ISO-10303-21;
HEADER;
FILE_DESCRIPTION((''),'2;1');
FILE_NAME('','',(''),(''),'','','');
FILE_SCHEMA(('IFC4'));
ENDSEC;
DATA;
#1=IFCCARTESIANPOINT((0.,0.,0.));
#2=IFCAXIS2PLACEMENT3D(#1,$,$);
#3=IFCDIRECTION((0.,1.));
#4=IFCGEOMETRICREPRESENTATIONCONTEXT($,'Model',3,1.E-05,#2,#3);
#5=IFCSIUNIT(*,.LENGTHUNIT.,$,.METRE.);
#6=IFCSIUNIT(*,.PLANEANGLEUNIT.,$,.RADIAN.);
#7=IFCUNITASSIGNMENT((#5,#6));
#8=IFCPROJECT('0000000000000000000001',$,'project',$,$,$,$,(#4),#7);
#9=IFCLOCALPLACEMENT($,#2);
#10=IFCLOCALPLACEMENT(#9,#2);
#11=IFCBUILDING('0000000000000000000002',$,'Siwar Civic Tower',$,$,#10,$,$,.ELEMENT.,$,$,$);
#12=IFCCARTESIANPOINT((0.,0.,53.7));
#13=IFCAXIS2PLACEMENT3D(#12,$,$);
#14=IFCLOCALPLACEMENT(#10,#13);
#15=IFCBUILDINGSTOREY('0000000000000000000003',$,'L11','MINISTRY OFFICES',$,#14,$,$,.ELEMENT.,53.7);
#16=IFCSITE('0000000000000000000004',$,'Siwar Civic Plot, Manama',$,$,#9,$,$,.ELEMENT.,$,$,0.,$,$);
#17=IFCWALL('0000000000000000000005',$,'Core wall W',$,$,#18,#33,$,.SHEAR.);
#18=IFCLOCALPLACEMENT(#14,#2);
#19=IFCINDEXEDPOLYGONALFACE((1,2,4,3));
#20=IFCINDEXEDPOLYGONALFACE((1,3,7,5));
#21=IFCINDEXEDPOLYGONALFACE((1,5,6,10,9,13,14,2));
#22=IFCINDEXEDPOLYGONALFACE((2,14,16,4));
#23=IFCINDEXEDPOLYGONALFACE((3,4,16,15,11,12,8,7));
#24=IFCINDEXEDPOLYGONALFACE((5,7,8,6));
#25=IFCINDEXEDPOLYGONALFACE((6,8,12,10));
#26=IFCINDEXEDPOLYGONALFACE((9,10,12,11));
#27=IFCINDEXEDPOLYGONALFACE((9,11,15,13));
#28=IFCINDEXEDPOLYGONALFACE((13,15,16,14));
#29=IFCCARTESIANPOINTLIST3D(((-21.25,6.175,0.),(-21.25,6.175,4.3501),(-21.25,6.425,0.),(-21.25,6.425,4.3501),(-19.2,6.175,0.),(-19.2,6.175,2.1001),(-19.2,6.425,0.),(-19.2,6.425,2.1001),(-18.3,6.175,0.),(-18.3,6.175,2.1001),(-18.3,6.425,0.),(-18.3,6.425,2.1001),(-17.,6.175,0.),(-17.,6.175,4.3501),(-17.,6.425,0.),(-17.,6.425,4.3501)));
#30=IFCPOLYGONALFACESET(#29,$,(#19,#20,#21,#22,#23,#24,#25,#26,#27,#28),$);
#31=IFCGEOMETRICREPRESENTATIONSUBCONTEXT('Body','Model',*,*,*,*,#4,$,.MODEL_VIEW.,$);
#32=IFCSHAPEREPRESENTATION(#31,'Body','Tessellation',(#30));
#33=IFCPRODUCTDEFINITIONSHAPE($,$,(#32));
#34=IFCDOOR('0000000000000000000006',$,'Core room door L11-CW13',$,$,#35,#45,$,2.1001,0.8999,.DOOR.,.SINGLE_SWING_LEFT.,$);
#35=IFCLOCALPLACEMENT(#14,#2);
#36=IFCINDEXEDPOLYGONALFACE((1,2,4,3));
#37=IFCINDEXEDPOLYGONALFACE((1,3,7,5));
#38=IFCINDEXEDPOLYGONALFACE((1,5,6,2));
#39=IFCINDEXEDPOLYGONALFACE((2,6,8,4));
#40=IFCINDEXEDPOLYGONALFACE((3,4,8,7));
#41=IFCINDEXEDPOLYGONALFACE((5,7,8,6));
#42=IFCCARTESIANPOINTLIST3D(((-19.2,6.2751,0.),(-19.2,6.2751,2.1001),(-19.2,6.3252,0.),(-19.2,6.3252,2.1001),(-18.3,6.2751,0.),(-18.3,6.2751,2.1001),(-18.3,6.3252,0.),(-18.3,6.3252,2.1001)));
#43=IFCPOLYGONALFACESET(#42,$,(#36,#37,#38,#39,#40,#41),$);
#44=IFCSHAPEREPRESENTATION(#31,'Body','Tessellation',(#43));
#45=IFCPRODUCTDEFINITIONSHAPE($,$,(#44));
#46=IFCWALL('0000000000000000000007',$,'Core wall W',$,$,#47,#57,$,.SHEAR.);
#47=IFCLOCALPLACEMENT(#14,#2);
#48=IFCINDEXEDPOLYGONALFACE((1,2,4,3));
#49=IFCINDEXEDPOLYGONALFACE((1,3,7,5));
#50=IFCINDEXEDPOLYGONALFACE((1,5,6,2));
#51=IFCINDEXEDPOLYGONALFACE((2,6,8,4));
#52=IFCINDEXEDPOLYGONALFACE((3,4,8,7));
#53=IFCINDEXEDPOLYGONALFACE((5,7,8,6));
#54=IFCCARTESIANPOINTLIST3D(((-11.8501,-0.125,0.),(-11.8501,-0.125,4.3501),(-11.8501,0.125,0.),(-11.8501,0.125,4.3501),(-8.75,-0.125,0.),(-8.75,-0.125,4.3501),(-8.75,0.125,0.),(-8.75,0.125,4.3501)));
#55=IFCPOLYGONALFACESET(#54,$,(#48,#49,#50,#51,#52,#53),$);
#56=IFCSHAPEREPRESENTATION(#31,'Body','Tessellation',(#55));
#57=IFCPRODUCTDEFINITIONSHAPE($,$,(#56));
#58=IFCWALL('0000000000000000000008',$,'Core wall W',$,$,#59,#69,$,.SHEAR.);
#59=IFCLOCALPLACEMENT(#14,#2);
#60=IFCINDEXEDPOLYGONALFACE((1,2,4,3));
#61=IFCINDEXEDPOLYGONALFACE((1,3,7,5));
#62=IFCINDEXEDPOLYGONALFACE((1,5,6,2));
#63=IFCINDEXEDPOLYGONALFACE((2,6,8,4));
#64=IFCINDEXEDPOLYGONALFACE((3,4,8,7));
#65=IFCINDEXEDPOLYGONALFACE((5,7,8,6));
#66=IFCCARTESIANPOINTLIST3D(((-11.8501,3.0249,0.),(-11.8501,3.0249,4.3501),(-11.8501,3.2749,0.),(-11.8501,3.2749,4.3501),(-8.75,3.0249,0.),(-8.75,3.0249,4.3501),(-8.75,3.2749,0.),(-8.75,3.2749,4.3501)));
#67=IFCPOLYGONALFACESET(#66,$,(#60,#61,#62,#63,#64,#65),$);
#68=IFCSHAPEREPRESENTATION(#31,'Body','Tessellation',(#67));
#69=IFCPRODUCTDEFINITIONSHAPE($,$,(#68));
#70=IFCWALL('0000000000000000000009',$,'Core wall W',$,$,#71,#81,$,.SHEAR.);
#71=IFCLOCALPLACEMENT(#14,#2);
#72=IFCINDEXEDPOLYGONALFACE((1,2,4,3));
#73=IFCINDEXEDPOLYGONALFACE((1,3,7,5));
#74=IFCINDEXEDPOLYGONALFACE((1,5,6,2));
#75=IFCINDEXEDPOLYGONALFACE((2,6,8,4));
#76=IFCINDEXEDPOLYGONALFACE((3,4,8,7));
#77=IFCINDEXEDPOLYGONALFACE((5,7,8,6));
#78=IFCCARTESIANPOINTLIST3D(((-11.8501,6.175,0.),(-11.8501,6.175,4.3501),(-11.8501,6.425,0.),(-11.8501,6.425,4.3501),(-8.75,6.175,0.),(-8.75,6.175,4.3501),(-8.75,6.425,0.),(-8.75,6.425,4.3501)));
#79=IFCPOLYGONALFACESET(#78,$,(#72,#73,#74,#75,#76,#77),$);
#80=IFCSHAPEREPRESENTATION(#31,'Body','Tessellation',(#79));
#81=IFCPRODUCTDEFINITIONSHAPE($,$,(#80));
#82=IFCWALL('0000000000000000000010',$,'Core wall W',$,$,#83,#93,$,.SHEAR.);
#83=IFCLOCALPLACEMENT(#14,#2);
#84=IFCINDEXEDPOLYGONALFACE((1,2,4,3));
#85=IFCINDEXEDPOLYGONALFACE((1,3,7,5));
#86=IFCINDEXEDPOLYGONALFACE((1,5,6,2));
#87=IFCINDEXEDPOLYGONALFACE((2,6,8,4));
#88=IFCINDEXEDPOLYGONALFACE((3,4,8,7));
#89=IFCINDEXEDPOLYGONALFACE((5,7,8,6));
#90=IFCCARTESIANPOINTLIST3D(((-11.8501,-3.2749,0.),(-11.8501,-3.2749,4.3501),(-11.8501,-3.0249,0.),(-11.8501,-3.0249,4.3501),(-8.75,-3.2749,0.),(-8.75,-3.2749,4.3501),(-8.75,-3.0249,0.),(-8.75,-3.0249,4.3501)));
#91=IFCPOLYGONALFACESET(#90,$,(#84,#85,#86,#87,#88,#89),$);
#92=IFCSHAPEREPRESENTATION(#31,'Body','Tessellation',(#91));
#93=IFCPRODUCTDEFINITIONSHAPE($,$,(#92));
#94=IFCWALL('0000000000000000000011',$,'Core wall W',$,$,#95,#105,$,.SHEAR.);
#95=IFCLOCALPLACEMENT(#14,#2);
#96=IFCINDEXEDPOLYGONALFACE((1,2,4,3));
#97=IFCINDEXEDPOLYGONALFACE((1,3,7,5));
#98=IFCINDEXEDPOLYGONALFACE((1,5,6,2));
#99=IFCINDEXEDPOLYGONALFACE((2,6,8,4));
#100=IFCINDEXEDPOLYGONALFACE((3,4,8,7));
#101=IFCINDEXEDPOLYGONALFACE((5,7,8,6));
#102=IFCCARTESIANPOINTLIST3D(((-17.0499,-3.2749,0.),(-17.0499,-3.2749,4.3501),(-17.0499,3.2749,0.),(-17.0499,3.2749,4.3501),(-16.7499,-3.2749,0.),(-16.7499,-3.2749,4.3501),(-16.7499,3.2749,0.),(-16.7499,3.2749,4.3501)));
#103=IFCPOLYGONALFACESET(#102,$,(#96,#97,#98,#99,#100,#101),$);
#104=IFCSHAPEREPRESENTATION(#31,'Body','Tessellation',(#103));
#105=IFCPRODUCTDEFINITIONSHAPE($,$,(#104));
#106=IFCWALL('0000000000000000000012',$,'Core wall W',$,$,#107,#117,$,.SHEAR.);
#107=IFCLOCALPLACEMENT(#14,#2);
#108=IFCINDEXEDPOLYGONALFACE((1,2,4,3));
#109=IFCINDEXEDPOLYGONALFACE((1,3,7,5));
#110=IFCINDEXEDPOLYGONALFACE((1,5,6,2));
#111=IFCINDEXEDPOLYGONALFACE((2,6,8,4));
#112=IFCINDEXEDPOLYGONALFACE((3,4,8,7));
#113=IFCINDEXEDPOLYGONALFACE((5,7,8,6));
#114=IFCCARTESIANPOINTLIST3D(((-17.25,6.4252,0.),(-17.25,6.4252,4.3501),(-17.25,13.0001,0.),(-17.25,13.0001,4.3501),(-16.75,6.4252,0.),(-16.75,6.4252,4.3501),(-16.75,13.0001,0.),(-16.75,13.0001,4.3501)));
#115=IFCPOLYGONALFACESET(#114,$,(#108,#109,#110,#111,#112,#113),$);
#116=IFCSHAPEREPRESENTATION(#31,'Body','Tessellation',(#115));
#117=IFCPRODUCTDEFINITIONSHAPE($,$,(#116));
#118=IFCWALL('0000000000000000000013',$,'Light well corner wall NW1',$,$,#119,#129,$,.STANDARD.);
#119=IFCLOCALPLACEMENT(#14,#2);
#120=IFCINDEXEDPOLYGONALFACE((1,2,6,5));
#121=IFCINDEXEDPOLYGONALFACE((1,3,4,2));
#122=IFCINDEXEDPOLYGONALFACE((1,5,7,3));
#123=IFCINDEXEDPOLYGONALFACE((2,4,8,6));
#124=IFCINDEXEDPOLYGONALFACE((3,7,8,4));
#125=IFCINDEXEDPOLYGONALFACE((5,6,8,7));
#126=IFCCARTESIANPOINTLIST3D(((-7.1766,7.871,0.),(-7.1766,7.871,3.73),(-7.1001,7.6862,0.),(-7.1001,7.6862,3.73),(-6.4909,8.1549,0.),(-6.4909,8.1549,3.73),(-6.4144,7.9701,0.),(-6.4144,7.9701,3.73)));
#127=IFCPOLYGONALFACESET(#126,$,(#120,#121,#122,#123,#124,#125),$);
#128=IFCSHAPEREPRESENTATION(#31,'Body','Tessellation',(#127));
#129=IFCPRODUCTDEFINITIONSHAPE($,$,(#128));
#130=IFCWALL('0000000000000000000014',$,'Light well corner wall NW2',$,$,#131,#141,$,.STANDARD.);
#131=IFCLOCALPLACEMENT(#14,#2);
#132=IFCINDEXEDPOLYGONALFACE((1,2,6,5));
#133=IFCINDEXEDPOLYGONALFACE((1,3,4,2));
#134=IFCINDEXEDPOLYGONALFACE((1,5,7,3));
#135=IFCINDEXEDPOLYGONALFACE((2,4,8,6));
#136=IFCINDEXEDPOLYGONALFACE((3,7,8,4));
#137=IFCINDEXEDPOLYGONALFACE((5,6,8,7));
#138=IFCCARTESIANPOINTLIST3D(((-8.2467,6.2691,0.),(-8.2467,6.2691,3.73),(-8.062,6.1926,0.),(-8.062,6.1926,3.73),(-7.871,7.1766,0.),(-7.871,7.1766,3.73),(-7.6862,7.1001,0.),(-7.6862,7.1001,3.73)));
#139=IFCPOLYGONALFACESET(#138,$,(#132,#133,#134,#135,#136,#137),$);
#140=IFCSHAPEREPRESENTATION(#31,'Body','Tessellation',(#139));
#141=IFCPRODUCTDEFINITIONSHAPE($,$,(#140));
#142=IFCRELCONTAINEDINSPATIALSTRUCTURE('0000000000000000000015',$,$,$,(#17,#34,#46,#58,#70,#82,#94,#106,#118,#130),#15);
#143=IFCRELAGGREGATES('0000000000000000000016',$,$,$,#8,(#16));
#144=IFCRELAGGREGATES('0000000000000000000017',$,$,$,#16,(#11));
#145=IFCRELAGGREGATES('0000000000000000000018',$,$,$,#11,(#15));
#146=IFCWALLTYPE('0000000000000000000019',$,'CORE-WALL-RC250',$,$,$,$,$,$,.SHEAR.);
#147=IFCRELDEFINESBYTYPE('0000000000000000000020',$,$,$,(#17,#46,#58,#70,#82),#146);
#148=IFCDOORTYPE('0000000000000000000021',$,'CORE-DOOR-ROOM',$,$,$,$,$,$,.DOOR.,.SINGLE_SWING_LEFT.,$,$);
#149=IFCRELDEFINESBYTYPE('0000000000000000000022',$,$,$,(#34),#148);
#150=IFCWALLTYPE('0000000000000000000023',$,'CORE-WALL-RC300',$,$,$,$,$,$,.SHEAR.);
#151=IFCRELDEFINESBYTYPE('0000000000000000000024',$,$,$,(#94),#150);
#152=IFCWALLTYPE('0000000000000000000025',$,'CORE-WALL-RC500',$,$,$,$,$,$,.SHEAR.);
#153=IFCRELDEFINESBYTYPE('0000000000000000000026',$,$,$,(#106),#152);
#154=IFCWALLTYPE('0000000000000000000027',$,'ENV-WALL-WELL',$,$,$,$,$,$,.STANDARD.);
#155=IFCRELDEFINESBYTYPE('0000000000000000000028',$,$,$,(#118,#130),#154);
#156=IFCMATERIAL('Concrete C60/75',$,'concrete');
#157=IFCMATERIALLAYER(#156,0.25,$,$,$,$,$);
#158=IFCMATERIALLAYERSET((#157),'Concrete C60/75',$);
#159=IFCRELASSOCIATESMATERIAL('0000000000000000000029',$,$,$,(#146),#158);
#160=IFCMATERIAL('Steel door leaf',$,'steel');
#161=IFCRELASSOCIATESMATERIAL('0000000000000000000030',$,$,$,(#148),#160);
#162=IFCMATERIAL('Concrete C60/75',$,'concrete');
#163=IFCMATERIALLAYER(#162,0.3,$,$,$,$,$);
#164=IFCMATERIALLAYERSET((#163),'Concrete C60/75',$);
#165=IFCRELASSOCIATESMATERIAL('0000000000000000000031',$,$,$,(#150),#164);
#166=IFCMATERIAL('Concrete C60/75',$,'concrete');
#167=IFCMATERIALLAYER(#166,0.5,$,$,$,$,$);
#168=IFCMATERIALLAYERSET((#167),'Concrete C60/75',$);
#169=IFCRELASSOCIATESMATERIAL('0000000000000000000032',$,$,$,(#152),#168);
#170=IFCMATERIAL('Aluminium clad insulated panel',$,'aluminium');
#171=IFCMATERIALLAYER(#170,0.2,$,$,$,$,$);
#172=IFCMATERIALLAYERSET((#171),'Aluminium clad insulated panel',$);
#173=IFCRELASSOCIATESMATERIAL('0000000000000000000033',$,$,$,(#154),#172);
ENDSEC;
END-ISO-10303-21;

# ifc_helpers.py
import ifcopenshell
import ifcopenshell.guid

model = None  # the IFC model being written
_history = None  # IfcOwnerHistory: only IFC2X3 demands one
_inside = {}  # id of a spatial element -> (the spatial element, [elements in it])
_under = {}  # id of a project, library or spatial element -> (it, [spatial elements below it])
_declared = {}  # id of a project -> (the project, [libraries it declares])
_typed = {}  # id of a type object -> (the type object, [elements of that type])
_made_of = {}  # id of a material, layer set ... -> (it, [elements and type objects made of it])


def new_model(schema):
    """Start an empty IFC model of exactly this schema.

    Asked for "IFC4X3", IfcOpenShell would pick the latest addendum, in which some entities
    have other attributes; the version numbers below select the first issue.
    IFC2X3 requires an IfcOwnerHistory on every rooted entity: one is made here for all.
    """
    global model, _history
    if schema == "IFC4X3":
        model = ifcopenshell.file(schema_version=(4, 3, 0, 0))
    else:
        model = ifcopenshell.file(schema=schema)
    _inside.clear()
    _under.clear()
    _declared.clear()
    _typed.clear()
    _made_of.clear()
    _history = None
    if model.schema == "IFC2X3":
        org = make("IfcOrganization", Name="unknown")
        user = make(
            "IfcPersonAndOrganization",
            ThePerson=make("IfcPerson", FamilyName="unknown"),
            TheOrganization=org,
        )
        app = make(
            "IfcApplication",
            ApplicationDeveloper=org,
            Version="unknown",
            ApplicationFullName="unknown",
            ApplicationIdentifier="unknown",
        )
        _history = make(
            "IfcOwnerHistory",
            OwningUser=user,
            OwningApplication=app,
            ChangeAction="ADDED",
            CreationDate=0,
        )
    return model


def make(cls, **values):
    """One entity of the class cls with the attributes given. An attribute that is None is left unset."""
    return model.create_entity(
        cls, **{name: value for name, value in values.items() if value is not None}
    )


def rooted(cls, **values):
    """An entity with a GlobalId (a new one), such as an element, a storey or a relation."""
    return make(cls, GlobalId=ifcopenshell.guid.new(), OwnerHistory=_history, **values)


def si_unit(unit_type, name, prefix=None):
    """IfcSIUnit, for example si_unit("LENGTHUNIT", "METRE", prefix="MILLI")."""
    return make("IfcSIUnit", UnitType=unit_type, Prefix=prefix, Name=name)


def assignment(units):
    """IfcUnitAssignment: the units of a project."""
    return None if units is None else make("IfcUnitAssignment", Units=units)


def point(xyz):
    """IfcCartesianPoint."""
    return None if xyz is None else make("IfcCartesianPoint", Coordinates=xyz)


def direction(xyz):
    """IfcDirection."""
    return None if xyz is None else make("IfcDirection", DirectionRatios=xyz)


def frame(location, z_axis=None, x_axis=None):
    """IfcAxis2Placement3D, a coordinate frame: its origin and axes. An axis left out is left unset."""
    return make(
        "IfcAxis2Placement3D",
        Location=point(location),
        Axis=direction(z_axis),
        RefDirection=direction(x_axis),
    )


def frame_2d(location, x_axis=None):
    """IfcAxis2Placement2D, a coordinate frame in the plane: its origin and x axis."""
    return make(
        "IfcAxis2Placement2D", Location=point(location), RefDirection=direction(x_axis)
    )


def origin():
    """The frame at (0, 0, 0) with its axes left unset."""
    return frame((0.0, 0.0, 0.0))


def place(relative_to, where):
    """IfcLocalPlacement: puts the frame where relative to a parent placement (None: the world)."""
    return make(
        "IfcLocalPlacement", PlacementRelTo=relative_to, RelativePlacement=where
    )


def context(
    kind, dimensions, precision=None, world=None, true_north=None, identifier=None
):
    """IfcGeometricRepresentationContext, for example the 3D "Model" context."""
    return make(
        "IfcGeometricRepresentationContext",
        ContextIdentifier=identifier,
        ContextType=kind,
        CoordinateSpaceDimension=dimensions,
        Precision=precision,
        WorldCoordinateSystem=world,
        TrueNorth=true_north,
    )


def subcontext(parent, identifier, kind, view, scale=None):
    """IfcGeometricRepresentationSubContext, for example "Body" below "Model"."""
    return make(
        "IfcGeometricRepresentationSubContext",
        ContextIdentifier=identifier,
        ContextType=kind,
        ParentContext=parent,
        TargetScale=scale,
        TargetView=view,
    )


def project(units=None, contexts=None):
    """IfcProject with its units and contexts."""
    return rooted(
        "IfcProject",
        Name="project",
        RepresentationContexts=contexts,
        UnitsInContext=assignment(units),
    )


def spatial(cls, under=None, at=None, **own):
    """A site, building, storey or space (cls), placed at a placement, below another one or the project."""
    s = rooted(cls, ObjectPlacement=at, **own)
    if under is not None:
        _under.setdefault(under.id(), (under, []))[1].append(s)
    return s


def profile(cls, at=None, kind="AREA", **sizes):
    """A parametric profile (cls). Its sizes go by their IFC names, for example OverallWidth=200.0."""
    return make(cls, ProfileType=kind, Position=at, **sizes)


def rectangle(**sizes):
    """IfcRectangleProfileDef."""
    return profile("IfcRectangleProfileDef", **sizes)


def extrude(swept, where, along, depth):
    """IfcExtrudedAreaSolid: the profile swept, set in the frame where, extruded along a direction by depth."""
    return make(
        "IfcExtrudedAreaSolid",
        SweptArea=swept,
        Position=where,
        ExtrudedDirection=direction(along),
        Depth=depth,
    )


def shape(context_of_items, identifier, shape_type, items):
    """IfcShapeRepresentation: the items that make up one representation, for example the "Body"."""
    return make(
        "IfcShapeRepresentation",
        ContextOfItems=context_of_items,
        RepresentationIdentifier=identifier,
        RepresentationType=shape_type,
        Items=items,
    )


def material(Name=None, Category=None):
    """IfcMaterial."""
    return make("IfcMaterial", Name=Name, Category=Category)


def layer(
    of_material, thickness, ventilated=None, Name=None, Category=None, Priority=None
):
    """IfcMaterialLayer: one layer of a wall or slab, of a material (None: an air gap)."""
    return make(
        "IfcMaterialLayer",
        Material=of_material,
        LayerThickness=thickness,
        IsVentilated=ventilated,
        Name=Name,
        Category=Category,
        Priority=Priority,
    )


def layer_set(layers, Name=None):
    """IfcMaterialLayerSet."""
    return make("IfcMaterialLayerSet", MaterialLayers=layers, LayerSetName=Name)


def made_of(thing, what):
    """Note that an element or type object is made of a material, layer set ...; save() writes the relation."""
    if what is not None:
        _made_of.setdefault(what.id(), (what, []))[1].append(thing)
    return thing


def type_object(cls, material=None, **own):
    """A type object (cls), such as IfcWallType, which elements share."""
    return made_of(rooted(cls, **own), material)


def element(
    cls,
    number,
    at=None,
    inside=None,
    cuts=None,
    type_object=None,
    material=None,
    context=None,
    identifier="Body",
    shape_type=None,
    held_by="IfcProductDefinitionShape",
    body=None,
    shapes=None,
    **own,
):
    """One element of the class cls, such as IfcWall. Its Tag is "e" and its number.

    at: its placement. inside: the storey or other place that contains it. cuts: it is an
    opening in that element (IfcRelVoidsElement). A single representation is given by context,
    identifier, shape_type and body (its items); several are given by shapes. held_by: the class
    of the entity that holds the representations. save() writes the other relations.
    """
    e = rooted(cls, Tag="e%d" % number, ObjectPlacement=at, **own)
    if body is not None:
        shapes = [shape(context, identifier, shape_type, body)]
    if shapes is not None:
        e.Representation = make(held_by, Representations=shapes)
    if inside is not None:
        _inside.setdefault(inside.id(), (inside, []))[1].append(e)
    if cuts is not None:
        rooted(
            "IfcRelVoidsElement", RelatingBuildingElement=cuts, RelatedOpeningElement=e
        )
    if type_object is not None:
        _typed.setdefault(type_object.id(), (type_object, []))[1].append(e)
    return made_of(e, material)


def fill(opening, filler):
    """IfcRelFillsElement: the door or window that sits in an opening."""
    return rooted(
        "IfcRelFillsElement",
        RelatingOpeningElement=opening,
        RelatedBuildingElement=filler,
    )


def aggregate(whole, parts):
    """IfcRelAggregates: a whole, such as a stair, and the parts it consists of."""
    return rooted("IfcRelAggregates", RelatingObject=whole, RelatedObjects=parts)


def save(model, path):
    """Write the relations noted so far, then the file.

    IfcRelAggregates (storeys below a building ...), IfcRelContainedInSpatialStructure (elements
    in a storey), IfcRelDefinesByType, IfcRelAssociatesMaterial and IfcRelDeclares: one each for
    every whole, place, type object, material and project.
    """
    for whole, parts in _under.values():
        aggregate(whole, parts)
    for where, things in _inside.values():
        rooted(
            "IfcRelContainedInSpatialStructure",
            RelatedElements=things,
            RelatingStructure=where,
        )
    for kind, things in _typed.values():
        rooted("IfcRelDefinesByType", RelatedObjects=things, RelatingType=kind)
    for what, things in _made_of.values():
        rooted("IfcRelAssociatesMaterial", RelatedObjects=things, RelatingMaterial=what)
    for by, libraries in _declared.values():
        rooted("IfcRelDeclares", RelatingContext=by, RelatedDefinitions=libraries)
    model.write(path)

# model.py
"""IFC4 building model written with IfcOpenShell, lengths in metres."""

from ifc_helpers import new_model, si_unit, direction, frame, frame_2d, origin, place, context, subcontext, project, spatial, rectangle, extrude, material, layer, layer_set, type_object, element, fill, save


model = new_model("IFC4")

# Units and contexts
model_context = context("Model", 3, precision=1e-05, world=origin(), true_north=direction((0.0, 1.0)))
body_context = subcontext(model_context, "Body", "Model", "MODEL_VIEW")
ifc_project = project(units=[si_unit("LENGTHUNIT", "METRE"), si_unit("PLANEANGLEUNIT", "RADIAN")], contexts=[model_context])

# Site, building, storey
site_placement = place(None, origin())
site = spatial("IfcSite", under=ifc_project, at=site_placement, Name="Siwar Civic Plot, Manama", CompositionType="ELEMENT", RefElevation=0.0)
building_placement = place(site_placement, origin())
building = spatial("IfcBuilding", under=site, at=building_placement, Name="Siwar Civic Tower", CompositionType="ELEMENT")
storey_placement = place(building_placement, frame((0.0, 0.0, 53.7)))
storey = spatial("IfcBuildingStorey", under=building, at=storey_placement, Name="L11", Description="MINISTRY OFFICES", CompositionType="ELEMENT", Elevation=53.7)

# Shared definitions
ifc_material_1 = material(Name="Concrete C60/75", Category="concrete")
ifc_layer_1 = layer(ifc_material_1, 0.25)
ifc_layer_set_1 = layer_set([ifc_layer_1], Name="Concrete C60/75")
wall_type_1 = type_object("IfcWallType", Name="CORE-WALL-RC250", PredefinedType="SHEAR", material=ifc_layer_set_1)

# Wall, opening, door
wall_1_placement = place(storey_placement, frame((-17.0, 6.3, 0.0), z_axis=(0.0, 0.0, 1.0), x_axis=(-1.0, 0.0, 0.0)))
wall_1 = element("IfcWall", 1, at=wall_1_placement, inside=storey, type_object=wall_type_1, Name="Core wall W", PredefinedType="SHEAR", context=body_context, shape_type="SweptSolid", body=[
    extrude(rectangle(XDim=4.25, YDim=0.25, at=frame_2d((2.125, 0.0))), origin(), (0.0, 0.0, 1.0), 4.3501),
])
opening_1_placement = place(wall_1_placement, frame((1.3, 0.0, 0.0)))
opening_1 = element("IfcOpeningElement", 2, at=opening_1_placement, cuts=wall_1, PredefinedType="OPENING", context=body_context, shape_type="SweptSolid", body=[
    extrude(rectangle(XDim=0.8999, YDim=2.1001, at=frame_2d((0.45, 1.05))), frame((0.0, 0.135, 0.0), z_axis=(0.0, -1.0, 0.0), x_axis=(1.0, 0.0, 0.0)), (0.0, 0.0, 1.0), 0.27),
])
ifc_material_2 = material(Name="Steel door leaf", Category="steel")
door_type_1 = type_object("IfcDoorType", Name="CORE-DOOR-ROOM", OperationType="SINGLE_SWING_LEFT", PredefinedType="DOOR", material=ifc_material_2)
door_1_placement = place(opening_1_placement, origin())
door_1 = element("IfcDoor", 3, at=door_1_placement, inside=storey, type_object=door_type_1, Name="Core room door L11-CW13", OperationType="SINGLE_SWING_LEFT", OverallHeight=2.1001, OverallWidth=0.8999, PredefinedType="DOOR", context=body_context, shape_type="SweptSolid", body=[
    extrude(rectangle(XDim=0.8999, YDim=2.1001, at=frame_2d((0.45, 1.05))), frame((0.0, 0.0249, 0.0), z_axis=(0.0, -1.0, 0.0), x_axis=(1.0, 0.0, 0.0)), (0.0, 0.0, 1.0), 0.05),
])
fill(opening_1, door_1)

# Walls
for number, where, z_axis, x_axis, name in (
    (4, (-8.75, 0.0, 0.0), (0.0, 0.0, 1.0), (-1.0, 0.0, 0.0), "Core wall W"),
    (5, (-8.75, 3.1499, 0.0), (0.0, 0.0, 1.0), (-1.0, 0.0, 0.0), "Core wall W"),
    (6, (-8.75, 6.3, 0.0), (0.0, 0.0, 1.0), (-1.0, 0.0, 0.0), "Core wall W"),
    (7, (-8.75, -3.1499, 0.0), (0.0, 0.0, 1.0), (-1.0, 0.0, 0.0), "Core wall W"),
):
    element("IfcWall", number, at=place(storey_placement, frame(where, z_axis=z_axis, x_axis=x_axis)), inside=storey, type_object=wall_type_1, Name=name, PredefinedType="SHEAR", context=body_context, shape_type="SweptSolid", body=[
        extrude(rectangle(XDim=3.1001, YDim=0.25, at=frame_2d((1.55, 0.0))), origin(), (0.0, 0.0, 1.0), 4.3501),
    ])
ifc_material_3 = material(Name="Concrete C60/75", Category="concrete")
ifc_layer_2 = layer(ifc_material_3, 0.3)
ifc_layer_set_2 = layer_set([ifc_layer_2], Name="Concrete C60/75")
wall_type_2 = type_object("IfcWallType", Name="CORE-WALL-RC300", PredefinedType="SHEAR", material=ifc_layer_set_2)
wall_2_placement = place(storey_placement, frame((-16.8999, -3.2749, 0.0), z_axis=(0.0, 0.0, 1.0), x_axis=(0.0, 1.0, 0.0)))
element("IfcWall", 8, at=wall_2_placement, inside=storey, type_object=wall_type_2, Name="Core wall W", PredefinedType="SHEAR", context=body_context, shape_type="SweptSolid", body=[
    extrude(rectangle(XDim=6.5498, YDim=0.3, at=frame_2d((3.2749, 0.0))), origin(), (0.0, 0.0, 1.0), 4.3501),
])
ifc_material_4 = material(Name="Concrete C60/75", Category="concrete")
ifc_layer_3 = layer(ifc_material_4, 0.5)
ifc_layer_set_3 = layer_set([ifc_layer_3], Name="Concrete C60/75")
wall_type_3 = type_object("IfcWallType", Name="CORE-WALL-RC500", PredefinedType="SHEAR", material=ifc_layer_set_3)
wall_3_placement = place(storey_placement, frame((-17.0, 6.425, 0.0), z_axis=(0.0, 0.0, 1.0), x_axis=(0.0, 1.0, 0.0)))
element("IfcWall", 9, at=wall_3_placement, inside=storey, type_object=wall_type_3, Name="Core wall W", PredefinedType="SHEAR", context=body_context, shape_type="SweptSolid", body=[
    extrude(rectangle(XDim=6.575, YDim=0.5, at=frame_2d((3.2876, 0.0))), origin(), (0.0, 0.0, 1.0), 4.3501),
])
ifc_material_5 = material(Name="Aluminium clad insulated panel", Category="aluminium")
ifc_layer_4 = layer(ifc_material_5, 0.2)
ifc_layer_set_4 = layer_set([ifc_layer_4], Name="Aluminium clad insulated panel")
wall_type_4 = type_object("IfcWallType", Name="ENV-WALL-WELL", PredefinedType="STANDARD", material=ifc_layer_set_4)
wall_4_placement = place(storey_placement, frame((-6.4526, 8.0625, 0.0), z_axis=(0.0, 0.0, 1.0), x_axis=(-0.923941, -0.382536, 0.0)))
element("IfcWall", 10, at=wall_4_placement, inside=storey, type_object=wall_type_4, Name="Light well corner wall NW1", PredefinedType="STANDARD", context=body_context, shape_type="SweptSolid", body=[
    extrude(rectangle(XDim=0.7422, YDim=0.2, at=frame_2d((0.3711, 0.0))), origin(), (0.0, 0.0, 1.0), 3.73),
])
wall_5_placement = place(storey_placement, frame((-7.7786, 7.1384, 0.0), z_axis=(0.0, 0.0, 1.0), x_axis=(-0.382549, -0.923935, 0.0)))
element("IfcWall", 11, at=wall_5_placement, inside=storey, type_object=wall_type_4, Name="Light well corner wall NW2", PredefinedType="STANDARD", context=body_context, shape_type="SweptSolid", body=[
    extrude(rectangle(XDim=0.9822, YDim=0.2, at=frame_2d((0.4912, 0.0))), origin(), (0.0, 0.0, 1.0), 3.73),
])

save(model, "model.ifc")
